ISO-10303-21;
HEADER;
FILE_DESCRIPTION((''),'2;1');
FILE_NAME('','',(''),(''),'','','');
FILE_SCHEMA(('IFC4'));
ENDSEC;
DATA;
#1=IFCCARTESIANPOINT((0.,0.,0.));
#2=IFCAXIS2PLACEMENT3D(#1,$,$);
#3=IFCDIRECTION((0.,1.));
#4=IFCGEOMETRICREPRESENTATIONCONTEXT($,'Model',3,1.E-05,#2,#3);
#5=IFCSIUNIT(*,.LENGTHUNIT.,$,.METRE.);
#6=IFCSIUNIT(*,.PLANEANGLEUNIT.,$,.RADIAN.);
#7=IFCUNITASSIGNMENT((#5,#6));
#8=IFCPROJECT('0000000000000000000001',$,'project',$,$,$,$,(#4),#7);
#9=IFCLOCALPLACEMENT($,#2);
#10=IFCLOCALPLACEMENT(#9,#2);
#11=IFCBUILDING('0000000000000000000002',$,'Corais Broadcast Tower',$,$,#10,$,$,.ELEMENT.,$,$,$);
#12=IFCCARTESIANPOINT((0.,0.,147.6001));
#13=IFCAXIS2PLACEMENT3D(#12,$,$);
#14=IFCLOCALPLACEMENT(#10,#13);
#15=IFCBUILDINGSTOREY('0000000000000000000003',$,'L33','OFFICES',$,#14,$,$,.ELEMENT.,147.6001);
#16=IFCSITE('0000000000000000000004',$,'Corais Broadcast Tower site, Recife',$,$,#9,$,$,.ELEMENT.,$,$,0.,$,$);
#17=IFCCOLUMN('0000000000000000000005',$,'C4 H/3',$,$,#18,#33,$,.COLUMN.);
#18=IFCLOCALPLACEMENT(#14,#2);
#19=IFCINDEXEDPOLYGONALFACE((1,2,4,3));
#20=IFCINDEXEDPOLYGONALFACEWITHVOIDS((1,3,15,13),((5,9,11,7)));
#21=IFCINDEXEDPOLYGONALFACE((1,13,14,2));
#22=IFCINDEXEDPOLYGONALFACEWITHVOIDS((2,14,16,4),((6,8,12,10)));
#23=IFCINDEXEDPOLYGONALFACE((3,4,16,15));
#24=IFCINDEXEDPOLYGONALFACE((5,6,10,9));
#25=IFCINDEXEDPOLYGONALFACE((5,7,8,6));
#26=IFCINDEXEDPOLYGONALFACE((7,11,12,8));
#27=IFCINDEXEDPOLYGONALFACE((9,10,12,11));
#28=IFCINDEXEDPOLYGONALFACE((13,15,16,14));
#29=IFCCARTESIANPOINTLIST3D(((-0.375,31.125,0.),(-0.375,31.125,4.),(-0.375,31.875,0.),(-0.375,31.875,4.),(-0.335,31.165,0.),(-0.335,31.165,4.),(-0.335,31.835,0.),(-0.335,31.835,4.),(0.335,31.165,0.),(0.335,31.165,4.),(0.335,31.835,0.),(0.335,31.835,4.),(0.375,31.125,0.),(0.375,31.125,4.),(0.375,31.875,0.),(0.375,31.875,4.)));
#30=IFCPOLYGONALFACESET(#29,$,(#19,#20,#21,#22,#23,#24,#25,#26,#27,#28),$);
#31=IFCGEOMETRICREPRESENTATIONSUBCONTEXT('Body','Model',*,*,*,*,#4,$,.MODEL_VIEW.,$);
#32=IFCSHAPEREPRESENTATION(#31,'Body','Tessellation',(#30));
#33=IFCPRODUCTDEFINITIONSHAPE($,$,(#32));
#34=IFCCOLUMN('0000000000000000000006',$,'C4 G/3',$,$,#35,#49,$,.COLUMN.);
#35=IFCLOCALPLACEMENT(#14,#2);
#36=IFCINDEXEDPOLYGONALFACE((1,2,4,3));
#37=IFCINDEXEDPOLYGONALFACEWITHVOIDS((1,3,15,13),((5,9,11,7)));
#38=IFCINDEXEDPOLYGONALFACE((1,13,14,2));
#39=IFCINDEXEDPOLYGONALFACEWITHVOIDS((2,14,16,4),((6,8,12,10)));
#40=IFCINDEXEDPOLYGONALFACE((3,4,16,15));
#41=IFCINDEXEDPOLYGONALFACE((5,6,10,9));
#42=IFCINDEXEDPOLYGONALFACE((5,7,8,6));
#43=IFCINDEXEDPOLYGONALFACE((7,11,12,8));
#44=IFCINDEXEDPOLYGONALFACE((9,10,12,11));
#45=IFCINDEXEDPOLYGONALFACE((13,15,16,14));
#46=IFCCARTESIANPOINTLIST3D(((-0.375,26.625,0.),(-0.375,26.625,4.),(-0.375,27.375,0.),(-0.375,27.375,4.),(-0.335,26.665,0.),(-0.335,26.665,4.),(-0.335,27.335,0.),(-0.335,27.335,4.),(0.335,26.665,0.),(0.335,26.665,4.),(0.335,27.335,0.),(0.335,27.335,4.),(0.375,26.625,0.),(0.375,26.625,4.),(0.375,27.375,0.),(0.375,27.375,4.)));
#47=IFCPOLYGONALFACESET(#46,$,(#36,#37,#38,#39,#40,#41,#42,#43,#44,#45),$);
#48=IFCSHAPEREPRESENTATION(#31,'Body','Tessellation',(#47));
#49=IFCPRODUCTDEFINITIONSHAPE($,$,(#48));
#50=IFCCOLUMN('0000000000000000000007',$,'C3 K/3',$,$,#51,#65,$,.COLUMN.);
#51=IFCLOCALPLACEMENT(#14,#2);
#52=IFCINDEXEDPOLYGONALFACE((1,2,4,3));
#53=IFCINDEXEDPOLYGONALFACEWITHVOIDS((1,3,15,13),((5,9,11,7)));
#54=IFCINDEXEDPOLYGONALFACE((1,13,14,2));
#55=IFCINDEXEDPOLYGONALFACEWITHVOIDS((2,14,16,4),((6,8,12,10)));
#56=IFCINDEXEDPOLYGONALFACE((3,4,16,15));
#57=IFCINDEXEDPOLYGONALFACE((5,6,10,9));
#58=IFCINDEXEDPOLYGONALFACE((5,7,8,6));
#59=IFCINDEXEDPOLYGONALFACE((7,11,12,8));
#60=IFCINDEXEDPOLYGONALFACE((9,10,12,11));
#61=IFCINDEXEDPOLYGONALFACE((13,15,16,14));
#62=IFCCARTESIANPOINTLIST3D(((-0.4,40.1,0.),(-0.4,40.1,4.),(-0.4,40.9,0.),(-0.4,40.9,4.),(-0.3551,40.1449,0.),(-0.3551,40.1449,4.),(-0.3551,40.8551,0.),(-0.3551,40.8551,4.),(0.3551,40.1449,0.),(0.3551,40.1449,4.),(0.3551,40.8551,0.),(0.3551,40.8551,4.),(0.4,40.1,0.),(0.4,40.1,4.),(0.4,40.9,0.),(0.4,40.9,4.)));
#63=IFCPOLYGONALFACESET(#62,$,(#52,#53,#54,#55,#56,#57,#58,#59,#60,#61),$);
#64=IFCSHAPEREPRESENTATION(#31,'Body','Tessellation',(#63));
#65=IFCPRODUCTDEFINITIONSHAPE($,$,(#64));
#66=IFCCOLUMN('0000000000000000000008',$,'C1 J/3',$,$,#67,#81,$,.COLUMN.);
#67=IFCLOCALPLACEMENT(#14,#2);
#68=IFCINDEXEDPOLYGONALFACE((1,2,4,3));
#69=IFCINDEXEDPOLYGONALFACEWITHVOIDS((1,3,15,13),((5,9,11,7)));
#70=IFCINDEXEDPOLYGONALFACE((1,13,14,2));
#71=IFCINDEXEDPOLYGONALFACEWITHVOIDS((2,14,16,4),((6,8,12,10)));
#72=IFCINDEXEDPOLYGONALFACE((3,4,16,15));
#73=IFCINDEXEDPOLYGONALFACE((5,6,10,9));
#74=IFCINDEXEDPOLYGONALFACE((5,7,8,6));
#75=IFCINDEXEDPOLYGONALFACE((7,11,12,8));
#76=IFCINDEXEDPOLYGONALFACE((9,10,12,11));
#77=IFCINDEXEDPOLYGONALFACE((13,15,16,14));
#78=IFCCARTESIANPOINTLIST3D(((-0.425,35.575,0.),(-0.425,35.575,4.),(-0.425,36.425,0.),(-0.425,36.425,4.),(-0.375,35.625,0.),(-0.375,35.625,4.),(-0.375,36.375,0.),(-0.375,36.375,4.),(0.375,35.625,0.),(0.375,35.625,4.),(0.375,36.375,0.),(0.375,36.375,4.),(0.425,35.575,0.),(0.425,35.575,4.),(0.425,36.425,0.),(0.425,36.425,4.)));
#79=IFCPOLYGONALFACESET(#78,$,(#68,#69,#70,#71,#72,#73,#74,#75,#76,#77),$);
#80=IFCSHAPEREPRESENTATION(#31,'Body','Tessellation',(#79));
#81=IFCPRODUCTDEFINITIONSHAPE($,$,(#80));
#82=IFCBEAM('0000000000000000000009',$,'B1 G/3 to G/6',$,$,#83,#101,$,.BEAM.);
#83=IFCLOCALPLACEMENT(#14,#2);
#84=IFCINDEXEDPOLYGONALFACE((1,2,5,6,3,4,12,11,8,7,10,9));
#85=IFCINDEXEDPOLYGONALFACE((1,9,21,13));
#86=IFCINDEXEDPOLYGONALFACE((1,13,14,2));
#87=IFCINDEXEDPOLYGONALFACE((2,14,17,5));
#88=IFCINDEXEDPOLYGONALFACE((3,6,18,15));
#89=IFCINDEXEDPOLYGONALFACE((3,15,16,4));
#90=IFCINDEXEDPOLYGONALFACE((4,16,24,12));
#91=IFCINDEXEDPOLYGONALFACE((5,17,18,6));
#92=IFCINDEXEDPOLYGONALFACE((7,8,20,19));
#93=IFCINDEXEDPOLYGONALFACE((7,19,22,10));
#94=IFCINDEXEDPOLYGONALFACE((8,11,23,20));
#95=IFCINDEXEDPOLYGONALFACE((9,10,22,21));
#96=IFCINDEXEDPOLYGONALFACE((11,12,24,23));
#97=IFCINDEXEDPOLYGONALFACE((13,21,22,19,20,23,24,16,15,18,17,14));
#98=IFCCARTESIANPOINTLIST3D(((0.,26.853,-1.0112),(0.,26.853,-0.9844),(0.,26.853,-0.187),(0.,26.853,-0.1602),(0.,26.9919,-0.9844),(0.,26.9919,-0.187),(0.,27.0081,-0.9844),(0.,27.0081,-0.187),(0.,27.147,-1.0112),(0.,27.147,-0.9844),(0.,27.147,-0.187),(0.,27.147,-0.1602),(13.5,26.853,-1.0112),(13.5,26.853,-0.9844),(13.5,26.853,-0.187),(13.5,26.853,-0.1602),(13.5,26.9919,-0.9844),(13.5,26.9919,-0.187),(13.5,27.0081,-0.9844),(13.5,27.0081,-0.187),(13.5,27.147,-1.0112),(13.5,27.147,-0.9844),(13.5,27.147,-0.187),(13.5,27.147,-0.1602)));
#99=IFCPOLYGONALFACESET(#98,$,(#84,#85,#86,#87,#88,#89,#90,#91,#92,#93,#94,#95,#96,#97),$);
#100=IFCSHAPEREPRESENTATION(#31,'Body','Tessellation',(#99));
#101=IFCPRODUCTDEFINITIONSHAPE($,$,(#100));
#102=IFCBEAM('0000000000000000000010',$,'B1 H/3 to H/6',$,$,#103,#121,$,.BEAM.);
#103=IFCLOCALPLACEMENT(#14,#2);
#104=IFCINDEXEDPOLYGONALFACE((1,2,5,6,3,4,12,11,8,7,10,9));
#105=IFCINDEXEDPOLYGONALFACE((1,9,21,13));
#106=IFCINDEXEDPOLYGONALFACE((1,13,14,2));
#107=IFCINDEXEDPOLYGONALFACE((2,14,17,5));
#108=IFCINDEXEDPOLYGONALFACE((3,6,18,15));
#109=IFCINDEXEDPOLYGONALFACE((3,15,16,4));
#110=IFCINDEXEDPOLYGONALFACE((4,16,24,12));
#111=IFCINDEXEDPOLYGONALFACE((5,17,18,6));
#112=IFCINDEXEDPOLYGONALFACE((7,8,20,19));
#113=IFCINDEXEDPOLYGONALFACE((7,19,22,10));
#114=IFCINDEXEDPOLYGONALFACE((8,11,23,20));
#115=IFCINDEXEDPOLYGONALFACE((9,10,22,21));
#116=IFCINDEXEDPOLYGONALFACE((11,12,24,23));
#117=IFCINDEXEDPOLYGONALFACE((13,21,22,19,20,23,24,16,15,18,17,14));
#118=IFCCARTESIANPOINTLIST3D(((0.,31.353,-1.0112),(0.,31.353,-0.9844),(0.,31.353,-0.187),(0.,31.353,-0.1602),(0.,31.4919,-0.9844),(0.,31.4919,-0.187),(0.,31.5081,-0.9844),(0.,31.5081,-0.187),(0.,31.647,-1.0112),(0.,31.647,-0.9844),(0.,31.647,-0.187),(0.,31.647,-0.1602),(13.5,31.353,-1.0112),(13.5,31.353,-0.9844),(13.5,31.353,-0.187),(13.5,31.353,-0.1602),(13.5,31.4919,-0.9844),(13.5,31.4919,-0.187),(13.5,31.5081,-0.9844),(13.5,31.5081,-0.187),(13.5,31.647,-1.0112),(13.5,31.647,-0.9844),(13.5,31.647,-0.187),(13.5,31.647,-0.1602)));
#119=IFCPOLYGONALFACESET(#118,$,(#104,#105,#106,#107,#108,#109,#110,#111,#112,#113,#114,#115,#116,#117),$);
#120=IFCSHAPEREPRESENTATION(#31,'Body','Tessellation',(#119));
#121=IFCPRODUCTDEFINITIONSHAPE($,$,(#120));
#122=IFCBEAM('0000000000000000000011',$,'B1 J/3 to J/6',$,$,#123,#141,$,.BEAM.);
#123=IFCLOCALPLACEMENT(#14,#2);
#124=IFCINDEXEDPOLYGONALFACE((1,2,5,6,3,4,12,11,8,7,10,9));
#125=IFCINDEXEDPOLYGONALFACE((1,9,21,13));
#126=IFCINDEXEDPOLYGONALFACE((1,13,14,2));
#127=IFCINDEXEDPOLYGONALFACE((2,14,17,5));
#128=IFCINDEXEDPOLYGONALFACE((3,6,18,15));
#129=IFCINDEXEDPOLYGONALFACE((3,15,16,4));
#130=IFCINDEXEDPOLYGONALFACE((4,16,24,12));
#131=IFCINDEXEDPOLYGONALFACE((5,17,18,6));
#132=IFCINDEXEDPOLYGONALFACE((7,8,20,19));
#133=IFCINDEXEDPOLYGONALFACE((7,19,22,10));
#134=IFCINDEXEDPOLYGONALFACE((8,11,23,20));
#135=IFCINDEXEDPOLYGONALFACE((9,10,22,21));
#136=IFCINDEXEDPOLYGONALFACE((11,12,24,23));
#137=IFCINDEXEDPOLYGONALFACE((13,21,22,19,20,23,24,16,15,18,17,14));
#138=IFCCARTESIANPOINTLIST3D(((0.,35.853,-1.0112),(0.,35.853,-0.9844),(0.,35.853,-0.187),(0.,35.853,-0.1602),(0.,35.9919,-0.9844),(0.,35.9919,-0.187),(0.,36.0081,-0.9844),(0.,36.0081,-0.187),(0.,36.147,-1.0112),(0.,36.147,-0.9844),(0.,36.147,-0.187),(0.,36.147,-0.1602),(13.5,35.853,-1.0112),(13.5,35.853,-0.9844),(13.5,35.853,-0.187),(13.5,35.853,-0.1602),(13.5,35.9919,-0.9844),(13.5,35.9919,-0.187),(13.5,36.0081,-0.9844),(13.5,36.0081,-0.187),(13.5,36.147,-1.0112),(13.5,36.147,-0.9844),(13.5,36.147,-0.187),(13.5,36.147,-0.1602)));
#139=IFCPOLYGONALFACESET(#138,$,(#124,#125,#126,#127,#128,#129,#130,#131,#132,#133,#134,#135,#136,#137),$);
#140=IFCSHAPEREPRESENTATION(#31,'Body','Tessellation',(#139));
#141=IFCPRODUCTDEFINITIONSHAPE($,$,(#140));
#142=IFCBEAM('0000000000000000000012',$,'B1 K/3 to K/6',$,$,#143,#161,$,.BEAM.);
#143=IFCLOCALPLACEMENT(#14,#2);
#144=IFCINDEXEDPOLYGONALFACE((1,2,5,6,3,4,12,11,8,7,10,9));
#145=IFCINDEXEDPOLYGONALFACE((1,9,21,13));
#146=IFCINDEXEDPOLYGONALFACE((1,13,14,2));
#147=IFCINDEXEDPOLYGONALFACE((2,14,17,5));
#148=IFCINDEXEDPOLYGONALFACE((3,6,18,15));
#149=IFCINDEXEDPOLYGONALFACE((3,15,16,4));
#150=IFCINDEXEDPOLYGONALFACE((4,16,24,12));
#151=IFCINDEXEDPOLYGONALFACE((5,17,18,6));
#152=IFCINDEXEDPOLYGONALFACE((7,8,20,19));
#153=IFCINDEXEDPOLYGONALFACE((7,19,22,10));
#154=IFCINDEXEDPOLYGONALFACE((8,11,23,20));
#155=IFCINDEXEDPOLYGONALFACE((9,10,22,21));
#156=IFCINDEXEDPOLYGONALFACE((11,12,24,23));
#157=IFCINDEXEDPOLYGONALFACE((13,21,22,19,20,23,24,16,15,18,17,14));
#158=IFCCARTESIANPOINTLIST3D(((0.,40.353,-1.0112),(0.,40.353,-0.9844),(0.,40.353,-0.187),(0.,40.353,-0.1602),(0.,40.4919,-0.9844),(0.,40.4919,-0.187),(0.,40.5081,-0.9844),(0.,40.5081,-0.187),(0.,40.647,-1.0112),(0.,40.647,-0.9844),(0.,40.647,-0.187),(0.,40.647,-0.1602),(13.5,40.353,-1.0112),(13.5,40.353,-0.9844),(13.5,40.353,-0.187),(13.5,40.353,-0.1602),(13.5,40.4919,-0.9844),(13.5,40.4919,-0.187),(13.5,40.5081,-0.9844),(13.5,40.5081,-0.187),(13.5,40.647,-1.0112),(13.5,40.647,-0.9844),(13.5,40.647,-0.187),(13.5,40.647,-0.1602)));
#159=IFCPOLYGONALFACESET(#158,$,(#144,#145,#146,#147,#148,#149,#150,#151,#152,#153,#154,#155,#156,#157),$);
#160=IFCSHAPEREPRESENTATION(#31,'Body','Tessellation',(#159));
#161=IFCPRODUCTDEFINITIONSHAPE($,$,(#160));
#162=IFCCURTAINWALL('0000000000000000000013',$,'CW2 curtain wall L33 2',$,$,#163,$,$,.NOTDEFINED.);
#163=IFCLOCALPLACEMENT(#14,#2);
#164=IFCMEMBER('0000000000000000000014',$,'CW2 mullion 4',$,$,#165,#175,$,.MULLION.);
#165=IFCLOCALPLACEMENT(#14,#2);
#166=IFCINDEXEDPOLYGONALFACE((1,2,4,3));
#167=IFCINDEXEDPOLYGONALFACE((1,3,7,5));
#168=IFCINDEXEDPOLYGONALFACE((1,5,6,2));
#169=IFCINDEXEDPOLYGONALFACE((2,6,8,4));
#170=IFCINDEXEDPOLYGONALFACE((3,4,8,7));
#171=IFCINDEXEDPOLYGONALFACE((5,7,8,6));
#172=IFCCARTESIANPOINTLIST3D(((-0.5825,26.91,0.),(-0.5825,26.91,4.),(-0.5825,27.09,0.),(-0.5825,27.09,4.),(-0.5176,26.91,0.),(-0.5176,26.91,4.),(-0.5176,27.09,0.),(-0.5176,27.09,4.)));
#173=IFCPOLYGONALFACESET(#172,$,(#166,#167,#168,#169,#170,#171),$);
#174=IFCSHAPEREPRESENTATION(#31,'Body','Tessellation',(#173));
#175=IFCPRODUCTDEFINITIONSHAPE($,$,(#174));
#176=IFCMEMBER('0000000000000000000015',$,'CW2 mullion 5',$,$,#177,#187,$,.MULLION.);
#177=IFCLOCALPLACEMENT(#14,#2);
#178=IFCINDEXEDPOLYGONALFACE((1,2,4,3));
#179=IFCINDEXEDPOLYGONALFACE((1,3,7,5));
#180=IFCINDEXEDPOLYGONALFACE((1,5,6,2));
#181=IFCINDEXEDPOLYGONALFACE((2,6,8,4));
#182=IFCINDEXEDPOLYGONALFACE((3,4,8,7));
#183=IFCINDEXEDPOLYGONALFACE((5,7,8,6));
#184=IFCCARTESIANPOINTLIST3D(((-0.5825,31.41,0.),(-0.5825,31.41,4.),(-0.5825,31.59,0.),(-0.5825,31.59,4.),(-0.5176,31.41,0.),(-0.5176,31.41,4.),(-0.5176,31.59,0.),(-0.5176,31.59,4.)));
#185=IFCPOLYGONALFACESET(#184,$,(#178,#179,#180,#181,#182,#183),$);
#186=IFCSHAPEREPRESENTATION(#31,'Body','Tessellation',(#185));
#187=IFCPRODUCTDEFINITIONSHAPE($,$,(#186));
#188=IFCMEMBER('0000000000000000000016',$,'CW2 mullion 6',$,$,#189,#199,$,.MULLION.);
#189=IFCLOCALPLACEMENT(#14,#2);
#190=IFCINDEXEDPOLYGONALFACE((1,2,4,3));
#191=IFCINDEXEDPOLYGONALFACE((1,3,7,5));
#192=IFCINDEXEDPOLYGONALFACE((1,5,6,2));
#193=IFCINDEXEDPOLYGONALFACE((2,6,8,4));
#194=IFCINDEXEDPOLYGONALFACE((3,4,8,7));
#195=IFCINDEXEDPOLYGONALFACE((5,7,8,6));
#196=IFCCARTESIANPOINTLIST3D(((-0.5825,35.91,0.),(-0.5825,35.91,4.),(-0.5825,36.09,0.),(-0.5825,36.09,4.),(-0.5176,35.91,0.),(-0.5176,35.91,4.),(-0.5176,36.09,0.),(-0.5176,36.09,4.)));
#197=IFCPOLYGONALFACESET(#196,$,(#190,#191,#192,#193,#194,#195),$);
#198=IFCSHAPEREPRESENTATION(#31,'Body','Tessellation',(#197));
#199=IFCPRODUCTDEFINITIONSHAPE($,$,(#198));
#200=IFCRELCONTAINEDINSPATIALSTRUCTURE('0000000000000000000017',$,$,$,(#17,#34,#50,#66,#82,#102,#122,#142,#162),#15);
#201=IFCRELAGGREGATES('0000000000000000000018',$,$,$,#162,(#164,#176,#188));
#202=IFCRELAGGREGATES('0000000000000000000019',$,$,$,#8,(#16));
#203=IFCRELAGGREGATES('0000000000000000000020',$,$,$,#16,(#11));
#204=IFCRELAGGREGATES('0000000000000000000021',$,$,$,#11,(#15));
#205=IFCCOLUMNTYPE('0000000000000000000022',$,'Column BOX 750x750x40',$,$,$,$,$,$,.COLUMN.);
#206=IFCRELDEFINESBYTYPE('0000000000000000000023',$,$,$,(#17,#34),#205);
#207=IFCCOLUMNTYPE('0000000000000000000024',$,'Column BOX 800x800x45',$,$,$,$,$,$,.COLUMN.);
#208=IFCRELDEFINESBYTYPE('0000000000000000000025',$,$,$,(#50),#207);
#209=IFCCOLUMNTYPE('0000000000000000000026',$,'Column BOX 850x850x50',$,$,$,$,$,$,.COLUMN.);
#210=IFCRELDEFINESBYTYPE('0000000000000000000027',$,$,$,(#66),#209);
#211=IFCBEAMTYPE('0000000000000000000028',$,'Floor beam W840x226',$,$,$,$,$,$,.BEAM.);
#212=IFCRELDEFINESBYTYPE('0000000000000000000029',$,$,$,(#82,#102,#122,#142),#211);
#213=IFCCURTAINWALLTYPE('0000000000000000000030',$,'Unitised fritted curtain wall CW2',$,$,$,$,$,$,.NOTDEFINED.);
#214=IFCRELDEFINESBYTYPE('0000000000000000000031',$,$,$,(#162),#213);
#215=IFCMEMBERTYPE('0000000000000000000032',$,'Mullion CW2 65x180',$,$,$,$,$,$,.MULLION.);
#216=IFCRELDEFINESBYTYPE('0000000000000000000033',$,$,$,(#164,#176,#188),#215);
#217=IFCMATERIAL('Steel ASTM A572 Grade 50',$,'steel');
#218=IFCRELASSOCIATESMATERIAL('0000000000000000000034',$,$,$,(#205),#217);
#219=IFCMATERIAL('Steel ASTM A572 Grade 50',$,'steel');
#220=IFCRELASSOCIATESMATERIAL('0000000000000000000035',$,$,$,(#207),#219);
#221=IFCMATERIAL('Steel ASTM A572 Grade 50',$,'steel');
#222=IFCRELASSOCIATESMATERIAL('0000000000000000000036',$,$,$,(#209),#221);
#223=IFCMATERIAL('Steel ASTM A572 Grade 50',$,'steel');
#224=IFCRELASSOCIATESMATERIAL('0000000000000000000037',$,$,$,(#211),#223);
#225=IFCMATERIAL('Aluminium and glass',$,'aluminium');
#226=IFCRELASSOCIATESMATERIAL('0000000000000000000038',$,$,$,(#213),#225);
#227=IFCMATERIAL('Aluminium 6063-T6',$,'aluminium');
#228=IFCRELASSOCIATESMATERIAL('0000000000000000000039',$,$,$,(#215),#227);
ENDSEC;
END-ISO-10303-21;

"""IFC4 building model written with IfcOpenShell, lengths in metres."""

from ifc_helpers import new_model, si_unit, direction, frame, origin, origin_2d, place, context, subcontext, project, spatial, rectangle, hollow_rectangle, i_section, extrude, material, material_profile, profile_set, type_object, element, aggregate, save


model = new_model("IFC4")

# Units and contexts
model_context = context("Model", 3, precision=1e-05, world=origin(), true_north=direction((0.0, 1.0)))
body_context = subcontext(model_context, "Body", "Model", "MODEL_VIEW")
ifc_project = project(units=[si_unit("LENGTHUNIT", "METRE"), si_unit("PLANEANGLEUNIT", "RADIAN")], contexts=[model_context])

# Site, building, storey
site_placement = place(None, origin())
site = spatial("IfcSite", under=ifc_project, at=site_placement, Name="Corais Broadcast Tower site, Recife", CompositionType="ELEMENT", RefElevation=0.0)
building_placement = place(site_placement, origin())
building = spatial("IfcBuilding", under=site, at=building_placement, Name="Corais Broadcast Tower", CompositionType="ELEMENT")
storey_placement = place(building_placement, frame((0.0, 0.0, 147.6001)))
storey = spatial("IfcBuildingStorey", under=building, at=storey_placement, Name="L33", Description="OFFICES", CompositionType="ELEMENT", Elevation=147.6001)

# Columns
ifc_material_1 = material(Name="Steel ASTM A572 Grade 50", Category="steel")
ifc_material_profile_1 = material_profile(ifc_material_1, hollow_rectangle(XDim=0.75, YDim=0.75, WallThickness=0.04, at=origin_2d()), Name="BOX 750x750x40")
ifc_profile_set_1 = profile_set([ifc_material_profile_1], Name="Steel ASTM A572 Grade 50")
column_type_1 = type_object("IfcColumnType", Name="Column BOX 750x750x40", PredefinedType="COLUMN", material=ifc_profile_set_1)
for number, where, z_axis, x_axis, name in (
    (1, (0.0, 31.5, 0.0), (0.0, 0.0, 1.0), (1.0, 0.0, 0.0), "C4 H/3"),
    (2, (0.0, 27.0, 0.0), (0.0, 0.0, 1.0), (1.0, 0.0, 0.0), "C4 G/3"),
):
    element("IfcColumn", number, at=place(storey_placement, frame(where, z_axis=z_axis, x_axis=x_axis)), inside=storey, type_object=column_type_1, Name=name, PredefinedType="COLUMN", context=body_context, shape_type="SweptSolid", body=[
        extrude(hollow_rectangle(XDim=0.75, YDim=0.75, WallThickness=0.04, at=origin_2d()), origin(), (0.0, 0.0, 1.0), 4.0),
    ])
ifc_material_2 = material(Name="Steel ASTM A572 Grade 50", Category="steel")
ifc_material_profile_2 = material_profile(ifc_material_2, hollow_rectangle(XDim=0.8, YDim=0.8, WallThickness=0.0449, at=origin_2d()), Name="BOX 800x800x45")
ifc_profile_set_2 = profile_set([ifc_material_profile_2], Name="Steel ASTM A572 Grade 50")
column_type_2 = type_object("IfcColumnType", Name="Column BOX 800x800x45", PredefinedType="COLUMN", material=ifc_profile_set_2)
column_1_placement = place(storey_placement, frame((0.0, 40.5, 0.0), z_axis=(0.0, 0.0, 1.0), x_axis=(1.0, 0.0, 0.0)))
element("IfcColumn", 3, at=column_1_placement, inside=storey, type_object=column_type_2, Name="C3 K/3", PredefinedType="COLUMN", context=body_context, shape_type="SweptSolid", body=[
    extrude(hollow_rectangle(XDim=0.8, YDim=0.8, WallThickness=0.0449, at=origin_2d()), origin(), (0.0, 0.0, 1.0), 4.0),
])
ifc_material_3 = material(Name="Steel ASTM A572 Grade 50", Category="steel")
ifc_material_profile_3 = material_profile(ifc_material_3, hollow_rectangle(XDim=0.8501, YDim=0.8501, WallThickness=0.05, at=origin_2d()), Name="BOX 850x850x50")
ifc_profile_set_3 = profile_set([ifc_material_profile_3], Name="Steel ASTM A572 Grade 50")
column_type_3 = type_object("IfcColumnType", Name="Column BOX 850x850x50", PredefinedType="COLUMN", material=ifc_profile_set_3)
column_2_placement = place(storey_placement, frame((0.0, 36.0, 0.0), z_axis=(0.0, 0.0, 1.0), x_axis=(1.0, 0.0, 0.0)))
element("IfcColumn", 4, at=column_2_placement, inside=storey, type_object=column_type_3, Name="C1 J/3", PredefinedType="COLUMN", context=body_context, shape_type="SweptSolid", body=[
    extrude(hollow_rectangle(XDim=0.8501, YDim=0.8501, WallThickness=0.05, at=origin_2d()), origin(), (0.0, 0.0, 1.0), 4.0),
])

# Beams
ifc_material_4 = material(Name="Steel ASTM A572 Grade 50", Category="steel")
ifc_material_profile_4 = material_profile(ifc_material_4, i_section(OverallWidth=0.2939, OverallDepth=0.8511, WebThickness=0.0161, FlangeThickness=0.0269, at=origin_2d()), Name="W840x226")
ifc_profile_set_4 = profile_set([ifc_material_profile_4], Name="Steel ASTM A572 Grade 50")
beam_type_1 = type_object("IfcBeamType", Name="Floor beam W840x226", PredefinedType="BEAM", material=ifc_profile_set_4)
for number, where, z_axis, x_axis, name in (
    (5, (0.0, 27.0, -0.5857), (1.0, 0.0, 0.0), (0.0, 1.0, 0.0), "B1 G/3 to G/6"),
    (6, (0.0, 31.5, -0.5857), (1.0, 0.0, 0.0), (0.0, 1.0, 0.0), "B1 H/3 to H/6"),
    (7, (0.0, 36.0, -0.5857), (1.0, 0.0, 0.0), (0.0, 1.0, 0.0), "B1 J/3 to J/6"),
    (8, (0.0, 40.5, -0.5857), (1.0, 0.0, 0.0), (0.0, 1.0, 0.0), "B1 K/3 to K/6"),
):
    element("IfcBeam", number, at=place(storey_placement, frame(where, z_axis=z_axis, x_axis=x_axis)), inside=storey, type_object=beam_type_1, Name=name, PredefinedType="BEAM", context=body_context, shape_type="SweptSolid", body=[
        extrude(i_section(OverallWidth=0.2939, OverallDepth=0.8511, WebThickness=0.0161, FlangeThickness=0.0269, at=origin_2d()), origin(), (0.0, 0.0, 1.0), 13.5),
    ])

# Curtain wall, members
ifc_material_5 = material(Name="Aluminium and glass", Category="aluminium")
curtain_wall_type = type_object("IfcCurtainWallType", Name="Unitised fritted curtain wall CW2", PredefinedType="NOTDEFINED", material=ifc_material_5)
curtain_wall_placement = place(storey_placement, origin())
curtain_wall = element("IfcCurtainWall", 9, at=curtain_wall_placement, inside=storey, type_object=curtain_wall_type, Name="CW2 curtain wall L33 2", PredefinedType="NOTDEFINED")
ifc_material_6 = material(Name="Aluminium 6063-T6", Category="aluminium")
ifc_material_profile_5 = material_profile(ifc_material_6, rectangle(XDim=0.0649, YDim=0.1799, at=origin_2d()), Name="Mullion CW2 65x180")
ifc_profile_set_5 = profile_set([ifc_material_profile_5], Name="Aluminium 6063-T6")
member_type_1 = type_object("IfcMemberType", Name="Mullion CW2 65x180", PredefinedType="MULLION", material=ifc_profile_set_5)
member_1_placement = place(storey_placement, frame((-0.55, 27.0, 0.0), z_axis=(0.0, 0.0, 1.0), x_axis=(-1.0, 0.0, 0.0)))
member_1 = element("IfcMember", 10, at=member_1_placement, type_object=member_type_1, Name="CW2 mullion 4", PredefinedType="MULLION", context=body_context, shape_type="SweptSolid", body=[
    extrude(rectangle(XDim=0.0649, YDim=0.1799, at=origin_2d()), origin(), (0.0, 0.0, 1.0), 4.0),
])
member_2_placement = place(storey_placement, frame((-0.55, 31.5, 0.0), z_axis=(0.0, 0.0, 1.0), x_axis=(-1.0, 0.0, 0.0)))
member_2 = element("IfcMember", 11, at=member_2_placement, type_object=member_type_1, Name="CW2 mullion 5", PredefinedType="MULLION", context=body_context, shape_type="SweptSolid", body=[
    extrude(rectangle(XDim=0.0649, YDim=0.1799, at=origin_2d()), origin(), (0.0, 0.0, 1.0), 4.0),
])
member_3_placement = place(storey_placement, frame((-0.55, 36.0, 0.0), z_axis=(0.0, 0.0, 1.0), x_axis=(-1.0, 0.0, 0.0)))
member_3 = element("IfcMember", 12, at=member_3_placement, type_object=member_type_1, Name="CW2 mullion 6", PredefinedType="MULLION", context=body_context, shape_type="SweptSolid", body=[
    extrude(rectangle(XDim=0.0649, YDim=0.1799, at=origin_2d()), origin(), (0.0, 0.0, 1.0), 4.0),
])

aggregate(curtain_wall, [member_1, member_2, member_3])

save(model, "model.ifc")
